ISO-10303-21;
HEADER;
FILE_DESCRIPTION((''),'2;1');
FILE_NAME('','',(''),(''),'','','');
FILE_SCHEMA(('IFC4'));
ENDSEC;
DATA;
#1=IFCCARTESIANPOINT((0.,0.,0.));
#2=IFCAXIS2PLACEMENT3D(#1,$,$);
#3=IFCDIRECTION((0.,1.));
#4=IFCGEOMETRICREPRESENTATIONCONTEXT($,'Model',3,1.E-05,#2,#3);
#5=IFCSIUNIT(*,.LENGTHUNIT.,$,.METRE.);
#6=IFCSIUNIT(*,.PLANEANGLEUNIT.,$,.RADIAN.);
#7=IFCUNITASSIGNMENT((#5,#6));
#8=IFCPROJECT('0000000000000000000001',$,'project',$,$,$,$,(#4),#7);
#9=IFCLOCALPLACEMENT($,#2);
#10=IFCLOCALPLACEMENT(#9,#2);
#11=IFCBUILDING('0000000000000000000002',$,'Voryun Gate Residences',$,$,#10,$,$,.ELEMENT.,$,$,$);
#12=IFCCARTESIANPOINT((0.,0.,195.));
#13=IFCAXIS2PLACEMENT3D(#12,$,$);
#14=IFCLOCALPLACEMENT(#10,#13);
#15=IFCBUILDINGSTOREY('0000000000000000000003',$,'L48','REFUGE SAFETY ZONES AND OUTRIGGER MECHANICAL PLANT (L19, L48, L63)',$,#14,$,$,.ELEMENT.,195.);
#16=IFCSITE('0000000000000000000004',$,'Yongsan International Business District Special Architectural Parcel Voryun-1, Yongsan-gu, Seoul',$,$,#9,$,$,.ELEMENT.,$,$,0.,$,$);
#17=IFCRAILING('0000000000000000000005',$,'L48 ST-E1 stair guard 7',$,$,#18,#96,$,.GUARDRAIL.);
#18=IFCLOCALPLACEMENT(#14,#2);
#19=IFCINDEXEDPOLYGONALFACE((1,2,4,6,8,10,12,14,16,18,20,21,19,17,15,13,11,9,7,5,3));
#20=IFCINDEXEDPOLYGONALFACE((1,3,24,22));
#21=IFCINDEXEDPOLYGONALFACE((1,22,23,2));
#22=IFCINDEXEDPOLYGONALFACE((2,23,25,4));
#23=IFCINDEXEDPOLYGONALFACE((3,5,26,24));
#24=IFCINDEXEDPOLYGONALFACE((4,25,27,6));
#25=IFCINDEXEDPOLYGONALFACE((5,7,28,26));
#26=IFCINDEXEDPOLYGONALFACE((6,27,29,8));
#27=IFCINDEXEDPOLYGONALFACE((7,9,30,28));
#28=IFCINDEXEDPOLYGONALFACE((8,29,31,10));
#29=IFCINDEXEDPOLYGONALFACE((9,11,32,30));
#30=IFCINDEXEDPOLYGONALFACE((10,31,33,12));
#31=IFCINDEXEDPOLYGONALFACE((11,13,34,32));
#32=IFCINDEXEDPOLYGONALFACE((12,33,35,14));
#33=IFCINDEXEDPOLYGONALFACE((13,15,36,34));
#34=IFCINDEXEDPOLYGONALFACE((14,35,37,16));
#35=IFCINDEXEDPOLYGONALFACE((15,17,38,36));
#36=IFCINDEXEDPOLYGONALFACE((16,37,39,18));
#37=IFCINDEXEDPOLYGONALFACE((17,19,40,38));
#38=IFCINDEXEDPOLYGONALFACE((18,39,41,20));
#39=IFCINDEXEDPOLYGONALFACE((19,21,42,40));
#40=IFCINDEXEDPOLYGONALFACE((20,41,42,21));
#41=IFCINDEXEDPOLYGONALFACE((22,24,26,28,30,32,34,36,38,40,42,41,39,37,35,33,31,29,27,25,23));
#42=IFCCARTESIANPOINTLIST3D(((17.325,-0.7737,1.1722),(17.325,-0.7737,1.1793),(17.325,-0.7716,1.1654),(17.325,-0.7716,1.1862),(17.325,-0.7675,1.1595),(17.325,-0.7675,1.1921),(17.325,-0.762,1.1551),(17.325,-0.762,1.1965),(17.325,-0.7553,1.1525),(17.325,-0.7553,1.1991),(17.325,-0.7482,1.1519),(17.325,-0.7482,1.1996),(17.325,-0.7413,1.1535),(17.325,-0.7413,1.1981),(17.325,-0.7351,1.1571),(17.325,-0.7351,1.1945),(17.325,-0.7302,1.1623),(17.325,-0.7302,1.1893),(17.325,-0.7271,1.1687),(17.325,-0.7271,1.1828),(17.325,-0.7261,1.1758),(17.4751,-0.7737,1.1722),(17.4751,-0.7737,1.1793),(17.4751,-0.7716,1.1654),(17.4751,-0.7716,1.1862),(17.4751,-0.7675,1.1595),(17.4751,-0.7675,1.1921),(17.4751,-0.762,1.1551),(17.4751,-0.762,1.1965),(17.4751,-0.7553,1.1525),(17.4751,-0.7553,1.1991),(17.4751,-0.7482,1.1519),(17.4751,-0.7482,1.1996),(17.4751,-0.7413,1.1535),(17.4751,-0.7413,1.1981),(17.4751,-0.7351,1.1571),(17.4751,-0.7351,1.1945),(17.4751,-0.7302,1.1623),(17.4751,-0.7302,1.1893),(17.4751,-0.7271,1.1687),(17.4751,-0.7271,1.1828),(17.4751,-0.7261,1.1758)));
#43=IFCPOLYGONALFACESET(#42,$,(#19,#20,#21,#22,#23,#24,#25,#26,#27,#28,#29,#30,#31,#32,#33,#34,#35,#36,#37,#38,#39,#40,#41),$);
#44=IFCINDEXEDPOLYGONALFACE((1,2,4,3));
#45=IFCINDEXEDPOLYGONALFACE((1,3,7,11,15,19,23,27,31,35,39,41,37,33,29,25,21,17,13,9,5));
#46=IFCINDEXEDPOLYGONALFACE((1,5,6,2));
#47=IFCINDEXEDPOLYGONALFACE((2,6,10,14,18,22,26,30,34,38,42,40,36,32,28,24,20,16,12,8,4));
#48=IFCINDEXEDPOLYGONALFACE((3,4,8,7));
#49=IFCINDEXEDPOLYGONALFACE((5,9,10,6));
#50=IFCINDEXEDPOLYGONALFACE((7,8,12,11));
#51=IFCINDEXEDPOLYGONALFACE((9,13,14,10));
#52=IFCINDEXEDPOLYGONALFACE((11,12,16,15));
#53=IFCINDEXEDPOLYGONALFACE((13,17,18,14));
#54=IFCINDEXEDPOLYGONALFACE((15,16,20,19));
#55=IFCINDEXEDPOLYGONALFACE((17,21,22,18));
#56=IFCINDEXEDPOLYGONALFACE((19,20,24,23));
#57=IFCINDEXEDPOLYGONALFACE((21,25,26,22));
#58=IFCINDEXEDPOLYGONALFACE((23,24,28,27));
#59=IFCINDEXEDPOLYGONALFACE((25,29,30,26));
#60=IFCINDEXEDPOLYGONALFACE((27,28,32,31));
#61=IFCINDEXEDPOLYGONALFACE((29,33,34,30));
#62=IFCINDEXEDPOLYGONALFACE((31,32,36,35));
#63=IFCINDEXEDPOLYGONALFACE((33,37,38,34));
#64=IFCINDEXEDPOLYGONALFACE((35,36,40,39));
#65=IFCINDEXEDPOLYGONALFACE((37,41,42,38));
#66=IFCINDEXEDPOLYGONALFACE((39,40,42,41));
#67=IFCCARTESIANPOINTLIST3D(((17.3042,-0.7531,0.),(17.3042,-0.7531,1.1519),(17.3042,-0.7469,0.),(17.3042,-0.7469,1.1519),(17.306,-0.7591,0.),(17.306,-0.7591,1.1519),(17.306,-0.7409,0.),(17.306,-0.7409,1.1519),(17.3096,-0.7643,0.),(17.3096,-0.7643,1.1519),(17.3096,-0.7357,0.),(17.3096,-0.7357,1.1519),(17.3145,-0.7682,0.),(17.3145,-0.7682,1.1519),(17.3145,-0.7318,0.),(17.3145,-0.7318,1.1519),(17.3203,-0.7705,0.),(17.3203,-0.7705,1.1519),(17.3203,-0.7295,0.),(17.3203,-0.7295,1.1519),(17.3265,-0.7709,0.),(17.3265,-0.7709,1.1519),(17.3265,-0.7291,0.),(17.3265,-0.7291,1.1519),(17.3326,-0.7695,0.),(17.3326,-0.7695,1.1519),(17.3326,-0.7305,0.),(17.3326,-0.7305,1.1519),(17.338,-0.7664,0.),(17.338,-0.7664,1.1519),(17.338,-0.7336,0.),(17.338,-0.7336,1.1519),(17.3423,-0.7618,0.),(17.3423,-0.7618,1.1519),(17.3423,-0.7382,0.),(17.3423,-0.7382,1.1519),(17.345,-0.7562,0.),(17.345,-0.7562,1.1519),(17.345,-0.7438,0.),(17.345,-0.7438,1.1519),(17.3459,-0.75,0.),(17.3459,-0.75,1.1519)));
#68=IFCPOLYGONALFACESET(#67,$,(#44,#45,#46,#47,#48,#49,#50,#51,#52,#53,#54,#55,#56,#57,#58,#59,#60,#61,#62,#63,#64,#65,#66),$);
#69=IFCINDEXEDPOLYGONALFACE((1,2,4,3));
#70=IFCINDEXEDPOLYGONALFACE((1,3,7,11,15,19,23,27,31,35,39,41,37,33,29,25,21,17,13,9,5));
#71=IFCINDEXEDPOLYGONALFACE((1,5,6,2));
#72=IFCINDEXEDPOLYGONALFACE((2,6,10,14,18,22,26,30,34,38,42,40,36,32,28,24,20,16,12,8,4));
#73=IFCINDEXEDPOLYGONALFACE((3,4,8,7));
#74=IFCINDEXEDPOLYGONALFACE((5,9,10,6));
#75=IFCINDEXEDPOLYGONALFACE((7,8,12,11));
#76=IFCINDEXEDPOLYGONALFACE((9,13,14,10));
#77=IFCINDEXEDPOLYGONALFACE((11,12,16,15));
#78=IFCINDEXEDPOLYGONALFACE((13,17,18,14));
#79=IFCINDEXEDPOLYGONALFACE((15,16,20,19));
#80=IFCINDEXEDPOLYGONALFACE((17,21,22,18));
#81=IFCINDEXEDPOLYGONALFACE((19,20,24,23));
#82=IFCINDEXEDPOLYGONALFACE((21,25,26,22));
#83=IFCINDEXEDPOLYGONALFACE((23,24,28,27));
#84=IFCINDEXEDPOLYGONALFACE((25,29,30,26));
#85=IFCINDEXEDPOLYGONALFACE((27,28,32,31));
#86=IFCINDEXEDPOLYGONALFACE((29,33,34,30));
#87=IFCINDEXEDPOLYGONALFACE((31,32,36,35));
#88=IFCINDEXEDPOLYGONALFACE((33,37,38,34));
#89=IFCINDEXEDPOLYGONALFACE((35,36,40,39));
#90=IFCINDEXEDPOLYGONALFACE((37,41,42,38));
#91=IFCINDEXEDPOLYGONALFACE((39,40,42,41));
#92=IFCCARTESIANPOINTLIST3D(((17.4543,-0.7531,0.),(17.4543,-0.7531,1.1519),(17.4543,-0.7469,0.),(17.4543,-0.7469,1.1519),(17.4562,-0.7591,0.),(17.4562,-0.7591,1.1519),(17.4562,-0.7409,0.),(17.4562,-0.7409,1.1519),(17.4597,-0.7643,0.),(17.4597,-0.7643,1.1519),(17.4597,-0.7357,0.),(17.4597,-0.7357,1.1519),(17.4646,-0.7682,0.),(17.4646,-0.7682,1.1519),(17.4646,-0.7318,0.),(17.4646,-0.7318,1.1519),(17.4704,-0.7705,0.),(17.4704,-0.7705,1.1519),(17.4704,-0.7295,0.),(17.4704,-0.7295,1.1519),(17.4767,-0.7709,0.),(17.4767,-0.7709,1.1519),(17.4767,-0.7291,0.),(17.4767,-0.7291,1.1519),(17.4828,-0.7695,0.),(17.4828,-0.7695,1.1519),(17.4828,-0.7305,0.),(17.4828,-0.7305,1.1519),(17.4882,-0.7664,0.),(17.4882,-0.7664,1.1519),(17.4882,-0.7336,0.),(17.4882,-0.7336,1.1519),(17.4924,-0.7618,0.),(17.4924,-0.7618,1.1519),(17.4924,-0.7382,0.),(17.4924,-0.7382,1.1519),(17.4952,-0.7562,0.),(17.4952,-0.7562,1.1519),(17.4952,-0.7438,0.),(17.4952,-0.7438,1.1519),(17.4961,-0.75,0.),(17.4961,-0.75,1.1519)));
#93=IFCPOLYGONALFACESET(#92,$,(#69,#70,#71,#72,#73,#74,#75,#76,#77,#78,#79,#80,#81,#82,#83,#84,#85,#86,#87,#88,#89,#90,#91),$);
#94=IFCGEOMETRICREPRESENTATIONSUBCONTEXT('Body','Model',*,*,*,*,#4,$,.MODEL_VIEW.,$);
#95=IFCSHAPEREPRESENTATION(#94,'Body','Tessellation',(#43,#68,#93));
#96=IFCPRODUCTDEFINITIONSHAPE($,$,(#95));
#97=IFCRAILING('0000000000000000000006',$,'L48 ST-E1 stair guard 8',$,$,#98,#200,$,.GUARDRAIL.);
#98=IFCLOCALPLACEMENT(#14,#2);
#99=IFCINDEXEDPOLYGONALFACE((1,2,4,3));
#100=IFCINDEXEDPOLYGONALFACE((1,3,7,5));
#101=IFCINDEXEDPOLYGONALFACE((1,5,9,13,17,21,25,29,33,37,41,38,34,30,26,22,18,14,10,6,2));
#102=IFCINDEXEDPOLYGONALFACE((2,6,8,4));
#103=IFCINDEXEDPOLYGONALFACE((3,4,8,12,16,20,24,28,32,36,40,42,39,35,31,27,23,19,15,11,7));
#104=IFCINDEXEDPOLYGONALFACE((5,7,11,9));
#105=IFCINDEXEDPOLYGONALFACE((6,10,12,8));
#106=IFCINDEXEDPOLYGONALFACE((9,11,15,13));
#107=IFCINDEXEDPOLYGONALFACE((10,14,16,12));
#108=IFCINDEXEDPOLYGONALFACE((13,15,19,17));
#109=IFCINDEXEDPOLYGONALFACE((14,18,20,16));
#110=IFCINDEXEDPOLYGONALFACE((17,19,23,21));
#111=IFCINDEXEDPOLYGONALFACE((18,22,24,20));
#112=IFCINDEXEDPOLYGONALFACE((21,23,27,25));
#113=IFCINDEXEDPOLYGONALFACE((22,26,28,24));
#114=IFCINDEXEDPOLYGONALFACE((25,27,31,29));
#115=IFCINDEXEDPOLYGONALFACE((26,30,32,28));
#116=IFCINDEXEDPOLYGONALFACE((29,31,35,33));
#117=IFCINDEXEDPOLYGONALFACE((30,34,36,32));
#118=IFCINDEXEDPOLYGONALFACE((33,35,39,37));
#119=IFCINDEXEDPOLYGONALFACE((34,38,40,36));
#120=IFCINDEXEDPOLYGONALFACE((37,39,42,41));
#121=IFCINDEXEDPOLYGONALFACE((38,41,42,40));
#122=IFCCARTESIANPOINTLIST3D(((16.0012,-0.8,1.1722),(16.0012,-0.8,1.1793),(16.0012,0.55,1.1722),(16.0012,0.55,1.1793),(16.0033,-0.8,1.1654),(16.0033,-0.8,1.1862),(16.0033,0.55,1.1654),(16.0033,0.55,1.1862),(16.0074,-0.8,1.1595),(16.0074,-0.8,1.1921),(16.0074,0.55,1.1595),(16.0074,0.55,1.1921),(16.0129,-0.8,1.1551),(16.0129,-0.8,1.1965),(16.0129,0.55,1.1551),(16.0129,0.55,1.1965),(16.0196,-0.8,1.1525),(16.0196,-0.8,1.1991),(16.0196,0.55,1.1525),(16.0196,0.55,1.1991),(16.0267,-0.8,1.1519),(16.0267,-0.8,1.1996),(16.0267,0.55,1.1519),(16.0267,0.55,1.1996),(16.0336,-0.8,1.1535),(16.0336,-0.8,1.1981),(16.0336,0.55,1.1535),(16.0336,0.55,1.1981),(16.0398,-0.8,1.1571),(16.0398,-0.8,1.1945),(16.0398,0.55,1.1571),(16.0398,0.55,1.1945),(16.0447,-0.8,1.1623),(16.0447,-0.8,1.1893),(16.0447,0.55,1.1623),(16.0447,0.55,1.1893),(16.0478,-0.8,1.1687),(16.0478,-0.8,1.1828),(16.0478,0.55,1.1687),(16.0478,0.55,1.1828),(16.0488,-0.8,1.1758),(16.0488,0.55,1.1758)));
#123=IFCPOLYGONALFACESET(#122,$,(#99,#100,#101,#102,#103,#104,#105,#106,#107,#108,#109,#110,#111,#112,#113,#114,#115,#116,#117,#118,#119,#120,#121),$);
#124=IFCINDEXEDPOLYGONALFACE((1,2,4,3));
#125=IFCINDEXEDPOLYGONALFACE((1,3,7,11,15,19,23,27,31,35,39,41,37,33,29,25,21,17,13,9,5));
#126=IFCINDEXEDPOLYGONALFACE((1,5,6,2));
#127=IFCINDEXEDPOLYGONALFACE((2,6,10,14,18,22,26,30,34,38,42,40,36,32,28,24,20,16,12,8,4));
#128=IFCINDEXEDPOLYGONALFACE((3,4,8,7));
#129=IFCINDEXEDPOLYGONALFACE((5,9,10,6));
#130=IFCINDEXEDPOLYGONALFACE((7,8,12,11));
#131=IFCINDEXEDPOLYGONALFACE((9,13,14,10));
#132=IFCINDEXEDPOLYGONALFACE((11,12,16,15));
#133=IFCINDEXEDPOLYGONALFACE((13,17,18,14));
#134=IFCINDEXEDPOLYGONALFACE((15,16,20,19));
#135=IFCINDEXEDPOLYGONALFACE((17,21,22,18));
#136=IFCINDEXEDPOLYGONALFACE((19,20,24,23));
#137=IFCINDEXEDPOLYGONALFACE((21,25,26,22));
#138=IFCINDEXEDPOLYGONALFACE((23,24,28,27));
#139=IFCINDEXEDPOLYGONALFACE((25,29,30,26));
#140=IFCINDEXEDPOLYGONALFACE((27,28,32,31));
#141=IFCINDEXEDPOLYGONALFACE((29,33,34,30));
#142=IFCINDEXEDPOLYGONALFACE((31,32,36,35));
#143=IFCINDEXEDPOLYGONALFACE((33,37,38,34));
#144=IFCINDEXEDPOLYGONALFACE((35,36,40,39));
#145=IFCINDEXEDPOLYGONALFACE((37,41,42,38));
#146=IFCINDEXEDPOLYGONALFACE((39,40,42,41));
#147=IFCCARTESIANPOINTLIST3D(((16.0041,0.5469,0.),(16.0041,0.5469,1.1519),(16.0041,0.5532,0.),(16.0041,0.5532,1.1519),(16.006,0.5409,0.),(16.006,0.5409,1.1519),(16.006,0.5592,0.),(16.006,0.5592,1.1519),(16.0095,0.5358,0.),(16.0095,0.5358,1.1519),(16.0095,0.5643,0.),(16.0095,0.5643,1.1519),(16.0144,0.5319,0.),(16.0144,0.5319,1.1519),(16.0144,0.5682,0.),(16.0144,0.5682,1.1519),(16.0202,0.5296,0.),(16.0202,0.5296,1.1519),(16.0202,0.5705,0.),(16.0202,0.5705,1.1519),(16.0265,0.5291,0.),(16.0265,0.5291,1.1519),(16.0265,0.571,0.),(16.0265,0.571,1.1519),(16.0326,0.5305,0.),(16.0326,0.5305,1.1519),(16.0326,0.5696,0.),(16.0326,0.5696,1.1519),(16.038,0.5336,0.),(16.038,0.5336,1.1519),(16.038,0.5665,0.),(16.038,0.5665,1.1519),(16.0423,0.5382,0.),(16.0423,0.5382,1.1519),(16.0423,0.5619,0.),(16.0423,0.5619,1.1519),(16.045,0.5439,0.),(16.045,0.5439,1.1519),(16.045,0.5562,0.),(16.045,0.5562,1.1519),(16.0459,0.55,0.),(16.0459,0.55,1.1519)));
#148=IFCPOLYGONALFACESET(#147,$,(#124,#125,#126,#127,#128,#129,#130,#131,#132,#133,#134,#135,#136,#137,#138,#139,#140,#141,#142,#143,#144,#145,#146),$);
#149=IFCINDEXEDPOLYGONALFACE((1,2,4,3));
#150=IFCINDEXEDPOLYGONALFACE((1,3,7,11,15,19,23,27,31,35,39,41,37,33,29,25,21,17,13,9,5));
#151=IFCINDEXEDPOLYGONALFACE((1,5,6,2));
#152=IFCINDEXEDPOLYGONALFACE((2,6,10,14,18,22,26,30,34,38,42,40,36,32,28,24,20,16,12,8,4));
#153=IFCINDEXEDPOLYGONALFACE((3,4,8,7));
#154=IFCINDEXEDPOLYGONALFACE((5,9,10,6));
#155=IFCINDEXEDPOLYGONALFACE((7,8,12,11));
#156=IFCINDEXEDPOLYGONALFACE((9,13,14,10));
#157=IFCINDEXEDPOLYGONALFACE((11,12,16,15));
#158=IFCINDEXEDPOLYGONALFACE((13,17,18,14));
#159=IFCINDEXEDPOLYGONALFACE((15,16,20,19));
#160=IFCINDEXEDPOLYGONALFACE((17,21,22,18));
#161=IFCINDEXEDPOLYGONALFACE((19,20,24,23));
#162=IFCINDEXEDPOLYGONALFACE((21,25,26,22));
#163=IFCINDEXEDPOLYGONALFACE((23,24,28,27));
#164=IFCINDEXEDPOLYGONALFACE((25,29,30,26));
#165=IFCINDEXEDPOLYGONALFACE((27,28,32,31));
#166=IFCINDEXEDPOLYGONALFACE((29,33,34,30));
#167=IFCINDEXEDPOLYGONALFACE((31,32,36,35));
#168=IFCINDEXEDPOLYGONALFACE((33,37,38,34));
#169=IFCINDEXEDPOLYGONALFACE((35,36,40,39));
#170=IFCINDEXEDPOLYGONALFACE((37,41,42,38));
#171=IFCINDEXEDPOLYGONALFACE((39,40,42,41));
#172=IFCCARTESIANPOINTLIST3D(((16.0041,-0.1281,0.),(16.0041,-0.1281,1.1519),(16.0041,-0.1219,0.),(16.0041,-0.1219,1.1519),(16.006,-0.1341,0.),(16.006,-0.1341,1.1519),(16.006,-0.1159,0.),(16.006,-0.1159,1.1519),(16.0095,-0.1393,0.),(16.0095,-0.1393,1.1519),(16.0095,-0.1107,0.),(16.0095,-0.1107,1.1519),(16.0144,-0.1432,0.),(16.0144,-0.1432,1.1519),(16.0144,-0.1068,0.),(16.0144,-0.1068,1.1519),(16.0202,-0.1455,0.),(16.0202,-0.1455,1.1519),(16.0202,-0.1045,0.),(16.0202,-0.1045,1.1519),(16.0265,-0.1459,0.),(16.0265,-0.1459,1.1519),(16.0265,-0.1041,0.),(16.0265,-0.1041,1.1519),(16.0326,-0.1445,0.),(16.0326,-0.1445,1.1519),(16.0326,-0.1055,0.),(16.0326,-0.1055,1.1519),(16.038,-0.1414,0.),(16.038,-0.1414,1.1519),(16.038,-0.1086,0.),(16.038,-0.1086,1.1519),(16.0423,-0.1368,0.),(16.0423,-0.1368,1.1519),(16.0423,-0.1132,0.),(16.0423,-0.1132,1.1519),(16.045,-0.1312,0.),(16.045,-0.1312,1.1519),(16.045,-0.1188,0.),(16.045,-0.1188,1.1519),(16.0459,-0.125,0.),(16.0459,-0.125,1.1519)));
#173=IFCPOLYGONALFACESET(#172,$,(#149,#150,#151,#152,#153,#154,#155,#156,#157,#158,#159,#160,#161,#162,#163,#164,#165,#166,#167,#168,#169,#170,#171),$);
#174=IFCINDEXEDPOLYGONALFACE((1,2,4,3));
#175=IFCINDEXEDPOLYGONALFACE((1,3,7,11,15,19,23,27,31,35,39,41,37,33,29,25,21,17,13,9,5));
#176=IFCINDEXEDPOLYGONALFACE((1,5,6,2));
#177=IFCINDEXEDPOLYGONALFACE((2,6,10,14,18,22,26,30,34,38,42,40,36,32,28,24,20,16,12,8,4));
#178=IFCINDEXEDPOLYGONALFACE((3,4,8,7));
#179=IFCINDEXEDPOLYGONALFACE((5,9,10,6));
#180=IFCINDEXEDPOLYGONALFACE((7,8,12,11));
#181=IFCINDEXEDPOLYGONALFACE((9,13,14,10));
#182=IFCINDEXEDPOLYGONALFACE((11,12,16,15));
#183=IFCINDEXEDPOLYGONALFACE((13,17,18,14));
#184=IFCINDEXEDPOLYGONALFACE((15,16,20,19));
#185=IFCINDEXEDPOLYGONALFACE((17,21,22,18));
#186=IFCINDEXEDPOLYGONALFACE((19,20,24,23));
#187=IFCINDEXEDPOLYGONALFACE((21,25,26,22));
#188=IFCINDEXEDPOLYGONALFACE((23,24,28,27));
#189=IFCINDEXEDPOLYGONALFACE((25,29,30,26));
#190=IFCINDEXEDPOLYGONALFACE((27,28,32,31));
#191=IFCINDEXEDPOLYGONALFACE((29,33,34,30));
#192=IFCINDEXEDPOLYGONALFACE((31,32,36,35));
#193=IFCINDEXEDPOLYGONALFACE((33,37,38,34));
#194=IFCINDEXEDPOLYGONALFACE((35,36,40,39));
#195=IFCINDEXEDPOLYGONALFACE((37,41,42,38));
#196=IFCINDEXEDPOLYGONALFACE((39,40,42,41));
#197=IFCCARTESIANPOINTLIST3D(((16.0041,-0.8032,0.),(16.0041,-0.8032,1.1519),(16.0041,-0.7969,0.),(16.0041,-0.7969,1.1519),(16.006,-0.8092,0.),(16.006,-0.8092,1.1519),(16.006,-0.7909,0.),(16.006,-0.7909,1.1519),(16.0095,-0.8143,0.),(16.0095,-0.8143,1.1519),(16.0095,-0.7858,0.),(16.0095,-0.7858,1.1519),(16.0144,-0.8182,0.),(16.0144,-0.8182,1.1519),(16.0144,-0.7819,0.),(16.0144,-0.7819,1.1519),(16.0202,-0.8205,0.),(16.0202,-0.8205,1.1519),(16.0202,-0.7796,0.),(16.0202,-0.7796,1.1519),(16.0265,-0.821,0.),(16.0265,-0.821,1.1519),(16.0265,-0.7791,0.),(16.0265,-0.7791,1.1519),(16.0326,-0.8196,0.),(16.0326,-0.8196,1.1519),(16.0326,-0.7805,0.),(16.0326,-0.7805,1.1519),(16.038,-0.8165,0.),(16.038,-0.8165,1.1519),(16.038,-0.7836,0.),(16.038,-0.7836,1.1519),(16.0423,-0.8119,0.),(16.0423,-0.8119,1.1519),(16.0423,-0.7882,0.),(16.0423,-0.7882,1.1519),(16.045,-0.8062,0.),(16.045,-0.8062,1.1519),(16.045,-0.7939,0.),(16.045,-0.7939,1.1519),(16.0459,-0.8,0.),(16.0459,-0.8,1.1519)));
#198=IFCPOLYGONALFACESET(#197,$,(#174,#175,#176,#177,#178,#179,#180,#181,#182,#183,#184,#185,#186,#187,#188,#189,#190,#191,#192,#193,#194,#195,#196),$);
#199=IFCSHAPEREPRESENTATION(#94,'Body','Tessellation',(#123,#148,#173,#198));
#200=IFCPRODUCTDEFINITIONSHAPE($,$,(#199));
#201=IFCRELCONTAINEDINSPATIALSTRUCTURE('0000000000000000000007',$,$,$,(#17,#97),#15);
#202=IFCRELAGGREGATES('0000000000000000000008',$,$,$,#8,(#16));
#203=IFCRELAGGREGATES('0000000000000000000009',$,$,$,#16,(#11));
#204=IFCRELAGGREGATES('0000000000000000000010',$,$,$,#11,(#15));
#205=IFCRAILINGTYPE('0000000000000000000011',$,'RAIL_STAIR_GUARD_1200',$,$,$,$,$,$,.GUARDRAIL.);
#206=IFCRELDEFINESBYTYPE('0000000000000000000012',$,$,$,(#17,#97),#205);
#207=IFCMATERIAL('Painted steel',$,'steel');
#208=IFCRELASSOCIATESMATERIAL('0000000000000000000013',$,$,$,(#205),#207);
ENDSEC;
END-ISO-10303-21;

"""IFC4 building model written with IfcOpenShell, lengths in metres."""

from ifc_helpers import new_model, si_unit, direction, frame, origin, origin_2d, place, context, subcontext, project, spatial, circle, extrude, material, type_object, element, save


model = new_model("IFC4")

# Units and contexts
model_context = context("Model", 3, precision=1e-05, world=origin(), true_north=direction((0.0, 1.0)))
body_context = subcontext(model_context, "Body", "Model", "MODEL_VIEW")
ifc_project = project(units=[si_unit("LENGTHUNIT", "METRE"), si_unit("PLANEANGLEUNIT", "RADIAN")], contexts=[model_context])

# Site, building, storey
site_placement = place(None, origin())
site = spatial("IfcSite", under=ifc_project, at=site_placement, Name="Yongsan International Business District Special Architectural Parcel Voryun-1, Yongsan-gu, Seoul", CompositionType="ELEMENT", RefElevation=0.0)
building_placement = place(site_placement, origin())
building = spatial("IfcBuilding", under=site, at=building_placement, Name="Voryun Gate Residences", CompositionType="ELEMENT")
storey_placement = place(building_placement, frame((0.0, 0.0, 195.0)))
storey = spatial("IfcBuildingStorey", under=building, at=storey_placement, Name="L48", Description="REFUGE SAFETY ZONES AND OUTRIGGER MECHANICAL PLANT (L19, L48, L63)", CompositionType="ELEMENT", Elevation=195.0)

# Railings
ifc_material_1 = material(Name="Painted steel", Category="steel")
railing_type_1 = type_object("IfcRailingType", Name="RAIL_STAIR_GUARD_1200", PredefinedType="GUARDRAIL", material=ifc_material_1)
railing_1_placement = place(storey_placement, frame((17.325, -0.75, 0.0)))
element("IfcRailing", 1, at=railing_1_placement, inside=storey, type_object=railing_type_1, Name="L48 ST-E1 stair guard 7", PredefinedType="GUARDRAIL", context=body_context, shape_type="SweptSolid", body=[
    extrude(circle(Radius=0.0239, at=origin_2d()), frame((0.0, 0.0, 1.1758), z_axis=(1.0, 0.0, 0.0), x_axis=(0.0, 1.0, 0.0)), (0.0, 0.0, 1.0), 0.1501),
    extrude(circle(Radius=0.021, at=origin_2d()), origin(), (0.0, 0.0, 1.0), 1.1519),
    extrude(circle(Radius=0.021, at=origin_2d()), frame((0.1501, 0.0, 0.0)), (0.0, 0.0, 1.0), 1.1519),
])
for number, where, name in (
    (2, (16.0249, 0.55, 0.0), "L48 ST-E1 stair guard 8"),
):
    element("IfcRailing", number, at=place(storey_placement, frame(where)), inside=storey, type_object=railing_type_1, Name=name, PredefinedType="GUARDRAIL", context=body_context, shape_type="SweptSolid", body=[
        extrude(circle(Radius=0.0239, at=origin_2d()), frame((0.0, 0.0, 1.1758), z_axis=(0.0, -1.0, 0.0), x_axis=(1.0, 0.0, 0.0)), (0.0, 0.0, 1.0), 1.3501),
        extrude(circle(Radius=0.021, at=origin_2d()), origin(), (0.0, 0.0, 1.0), 1.1519),
        extrude(circle(Radius=0.021, at=origin_2d()), frame((0.0, -0.675, 0.0)), (0.0, 0.0, 1.0), 1.1519),
        extrude(circle(Radius=0.021, at=origin_2d()), frame((0.0, -1.3501, 0.0)), (0.0, 0.0, 1.0), 1.1519),
    ])

save(model, "model.ifc")
